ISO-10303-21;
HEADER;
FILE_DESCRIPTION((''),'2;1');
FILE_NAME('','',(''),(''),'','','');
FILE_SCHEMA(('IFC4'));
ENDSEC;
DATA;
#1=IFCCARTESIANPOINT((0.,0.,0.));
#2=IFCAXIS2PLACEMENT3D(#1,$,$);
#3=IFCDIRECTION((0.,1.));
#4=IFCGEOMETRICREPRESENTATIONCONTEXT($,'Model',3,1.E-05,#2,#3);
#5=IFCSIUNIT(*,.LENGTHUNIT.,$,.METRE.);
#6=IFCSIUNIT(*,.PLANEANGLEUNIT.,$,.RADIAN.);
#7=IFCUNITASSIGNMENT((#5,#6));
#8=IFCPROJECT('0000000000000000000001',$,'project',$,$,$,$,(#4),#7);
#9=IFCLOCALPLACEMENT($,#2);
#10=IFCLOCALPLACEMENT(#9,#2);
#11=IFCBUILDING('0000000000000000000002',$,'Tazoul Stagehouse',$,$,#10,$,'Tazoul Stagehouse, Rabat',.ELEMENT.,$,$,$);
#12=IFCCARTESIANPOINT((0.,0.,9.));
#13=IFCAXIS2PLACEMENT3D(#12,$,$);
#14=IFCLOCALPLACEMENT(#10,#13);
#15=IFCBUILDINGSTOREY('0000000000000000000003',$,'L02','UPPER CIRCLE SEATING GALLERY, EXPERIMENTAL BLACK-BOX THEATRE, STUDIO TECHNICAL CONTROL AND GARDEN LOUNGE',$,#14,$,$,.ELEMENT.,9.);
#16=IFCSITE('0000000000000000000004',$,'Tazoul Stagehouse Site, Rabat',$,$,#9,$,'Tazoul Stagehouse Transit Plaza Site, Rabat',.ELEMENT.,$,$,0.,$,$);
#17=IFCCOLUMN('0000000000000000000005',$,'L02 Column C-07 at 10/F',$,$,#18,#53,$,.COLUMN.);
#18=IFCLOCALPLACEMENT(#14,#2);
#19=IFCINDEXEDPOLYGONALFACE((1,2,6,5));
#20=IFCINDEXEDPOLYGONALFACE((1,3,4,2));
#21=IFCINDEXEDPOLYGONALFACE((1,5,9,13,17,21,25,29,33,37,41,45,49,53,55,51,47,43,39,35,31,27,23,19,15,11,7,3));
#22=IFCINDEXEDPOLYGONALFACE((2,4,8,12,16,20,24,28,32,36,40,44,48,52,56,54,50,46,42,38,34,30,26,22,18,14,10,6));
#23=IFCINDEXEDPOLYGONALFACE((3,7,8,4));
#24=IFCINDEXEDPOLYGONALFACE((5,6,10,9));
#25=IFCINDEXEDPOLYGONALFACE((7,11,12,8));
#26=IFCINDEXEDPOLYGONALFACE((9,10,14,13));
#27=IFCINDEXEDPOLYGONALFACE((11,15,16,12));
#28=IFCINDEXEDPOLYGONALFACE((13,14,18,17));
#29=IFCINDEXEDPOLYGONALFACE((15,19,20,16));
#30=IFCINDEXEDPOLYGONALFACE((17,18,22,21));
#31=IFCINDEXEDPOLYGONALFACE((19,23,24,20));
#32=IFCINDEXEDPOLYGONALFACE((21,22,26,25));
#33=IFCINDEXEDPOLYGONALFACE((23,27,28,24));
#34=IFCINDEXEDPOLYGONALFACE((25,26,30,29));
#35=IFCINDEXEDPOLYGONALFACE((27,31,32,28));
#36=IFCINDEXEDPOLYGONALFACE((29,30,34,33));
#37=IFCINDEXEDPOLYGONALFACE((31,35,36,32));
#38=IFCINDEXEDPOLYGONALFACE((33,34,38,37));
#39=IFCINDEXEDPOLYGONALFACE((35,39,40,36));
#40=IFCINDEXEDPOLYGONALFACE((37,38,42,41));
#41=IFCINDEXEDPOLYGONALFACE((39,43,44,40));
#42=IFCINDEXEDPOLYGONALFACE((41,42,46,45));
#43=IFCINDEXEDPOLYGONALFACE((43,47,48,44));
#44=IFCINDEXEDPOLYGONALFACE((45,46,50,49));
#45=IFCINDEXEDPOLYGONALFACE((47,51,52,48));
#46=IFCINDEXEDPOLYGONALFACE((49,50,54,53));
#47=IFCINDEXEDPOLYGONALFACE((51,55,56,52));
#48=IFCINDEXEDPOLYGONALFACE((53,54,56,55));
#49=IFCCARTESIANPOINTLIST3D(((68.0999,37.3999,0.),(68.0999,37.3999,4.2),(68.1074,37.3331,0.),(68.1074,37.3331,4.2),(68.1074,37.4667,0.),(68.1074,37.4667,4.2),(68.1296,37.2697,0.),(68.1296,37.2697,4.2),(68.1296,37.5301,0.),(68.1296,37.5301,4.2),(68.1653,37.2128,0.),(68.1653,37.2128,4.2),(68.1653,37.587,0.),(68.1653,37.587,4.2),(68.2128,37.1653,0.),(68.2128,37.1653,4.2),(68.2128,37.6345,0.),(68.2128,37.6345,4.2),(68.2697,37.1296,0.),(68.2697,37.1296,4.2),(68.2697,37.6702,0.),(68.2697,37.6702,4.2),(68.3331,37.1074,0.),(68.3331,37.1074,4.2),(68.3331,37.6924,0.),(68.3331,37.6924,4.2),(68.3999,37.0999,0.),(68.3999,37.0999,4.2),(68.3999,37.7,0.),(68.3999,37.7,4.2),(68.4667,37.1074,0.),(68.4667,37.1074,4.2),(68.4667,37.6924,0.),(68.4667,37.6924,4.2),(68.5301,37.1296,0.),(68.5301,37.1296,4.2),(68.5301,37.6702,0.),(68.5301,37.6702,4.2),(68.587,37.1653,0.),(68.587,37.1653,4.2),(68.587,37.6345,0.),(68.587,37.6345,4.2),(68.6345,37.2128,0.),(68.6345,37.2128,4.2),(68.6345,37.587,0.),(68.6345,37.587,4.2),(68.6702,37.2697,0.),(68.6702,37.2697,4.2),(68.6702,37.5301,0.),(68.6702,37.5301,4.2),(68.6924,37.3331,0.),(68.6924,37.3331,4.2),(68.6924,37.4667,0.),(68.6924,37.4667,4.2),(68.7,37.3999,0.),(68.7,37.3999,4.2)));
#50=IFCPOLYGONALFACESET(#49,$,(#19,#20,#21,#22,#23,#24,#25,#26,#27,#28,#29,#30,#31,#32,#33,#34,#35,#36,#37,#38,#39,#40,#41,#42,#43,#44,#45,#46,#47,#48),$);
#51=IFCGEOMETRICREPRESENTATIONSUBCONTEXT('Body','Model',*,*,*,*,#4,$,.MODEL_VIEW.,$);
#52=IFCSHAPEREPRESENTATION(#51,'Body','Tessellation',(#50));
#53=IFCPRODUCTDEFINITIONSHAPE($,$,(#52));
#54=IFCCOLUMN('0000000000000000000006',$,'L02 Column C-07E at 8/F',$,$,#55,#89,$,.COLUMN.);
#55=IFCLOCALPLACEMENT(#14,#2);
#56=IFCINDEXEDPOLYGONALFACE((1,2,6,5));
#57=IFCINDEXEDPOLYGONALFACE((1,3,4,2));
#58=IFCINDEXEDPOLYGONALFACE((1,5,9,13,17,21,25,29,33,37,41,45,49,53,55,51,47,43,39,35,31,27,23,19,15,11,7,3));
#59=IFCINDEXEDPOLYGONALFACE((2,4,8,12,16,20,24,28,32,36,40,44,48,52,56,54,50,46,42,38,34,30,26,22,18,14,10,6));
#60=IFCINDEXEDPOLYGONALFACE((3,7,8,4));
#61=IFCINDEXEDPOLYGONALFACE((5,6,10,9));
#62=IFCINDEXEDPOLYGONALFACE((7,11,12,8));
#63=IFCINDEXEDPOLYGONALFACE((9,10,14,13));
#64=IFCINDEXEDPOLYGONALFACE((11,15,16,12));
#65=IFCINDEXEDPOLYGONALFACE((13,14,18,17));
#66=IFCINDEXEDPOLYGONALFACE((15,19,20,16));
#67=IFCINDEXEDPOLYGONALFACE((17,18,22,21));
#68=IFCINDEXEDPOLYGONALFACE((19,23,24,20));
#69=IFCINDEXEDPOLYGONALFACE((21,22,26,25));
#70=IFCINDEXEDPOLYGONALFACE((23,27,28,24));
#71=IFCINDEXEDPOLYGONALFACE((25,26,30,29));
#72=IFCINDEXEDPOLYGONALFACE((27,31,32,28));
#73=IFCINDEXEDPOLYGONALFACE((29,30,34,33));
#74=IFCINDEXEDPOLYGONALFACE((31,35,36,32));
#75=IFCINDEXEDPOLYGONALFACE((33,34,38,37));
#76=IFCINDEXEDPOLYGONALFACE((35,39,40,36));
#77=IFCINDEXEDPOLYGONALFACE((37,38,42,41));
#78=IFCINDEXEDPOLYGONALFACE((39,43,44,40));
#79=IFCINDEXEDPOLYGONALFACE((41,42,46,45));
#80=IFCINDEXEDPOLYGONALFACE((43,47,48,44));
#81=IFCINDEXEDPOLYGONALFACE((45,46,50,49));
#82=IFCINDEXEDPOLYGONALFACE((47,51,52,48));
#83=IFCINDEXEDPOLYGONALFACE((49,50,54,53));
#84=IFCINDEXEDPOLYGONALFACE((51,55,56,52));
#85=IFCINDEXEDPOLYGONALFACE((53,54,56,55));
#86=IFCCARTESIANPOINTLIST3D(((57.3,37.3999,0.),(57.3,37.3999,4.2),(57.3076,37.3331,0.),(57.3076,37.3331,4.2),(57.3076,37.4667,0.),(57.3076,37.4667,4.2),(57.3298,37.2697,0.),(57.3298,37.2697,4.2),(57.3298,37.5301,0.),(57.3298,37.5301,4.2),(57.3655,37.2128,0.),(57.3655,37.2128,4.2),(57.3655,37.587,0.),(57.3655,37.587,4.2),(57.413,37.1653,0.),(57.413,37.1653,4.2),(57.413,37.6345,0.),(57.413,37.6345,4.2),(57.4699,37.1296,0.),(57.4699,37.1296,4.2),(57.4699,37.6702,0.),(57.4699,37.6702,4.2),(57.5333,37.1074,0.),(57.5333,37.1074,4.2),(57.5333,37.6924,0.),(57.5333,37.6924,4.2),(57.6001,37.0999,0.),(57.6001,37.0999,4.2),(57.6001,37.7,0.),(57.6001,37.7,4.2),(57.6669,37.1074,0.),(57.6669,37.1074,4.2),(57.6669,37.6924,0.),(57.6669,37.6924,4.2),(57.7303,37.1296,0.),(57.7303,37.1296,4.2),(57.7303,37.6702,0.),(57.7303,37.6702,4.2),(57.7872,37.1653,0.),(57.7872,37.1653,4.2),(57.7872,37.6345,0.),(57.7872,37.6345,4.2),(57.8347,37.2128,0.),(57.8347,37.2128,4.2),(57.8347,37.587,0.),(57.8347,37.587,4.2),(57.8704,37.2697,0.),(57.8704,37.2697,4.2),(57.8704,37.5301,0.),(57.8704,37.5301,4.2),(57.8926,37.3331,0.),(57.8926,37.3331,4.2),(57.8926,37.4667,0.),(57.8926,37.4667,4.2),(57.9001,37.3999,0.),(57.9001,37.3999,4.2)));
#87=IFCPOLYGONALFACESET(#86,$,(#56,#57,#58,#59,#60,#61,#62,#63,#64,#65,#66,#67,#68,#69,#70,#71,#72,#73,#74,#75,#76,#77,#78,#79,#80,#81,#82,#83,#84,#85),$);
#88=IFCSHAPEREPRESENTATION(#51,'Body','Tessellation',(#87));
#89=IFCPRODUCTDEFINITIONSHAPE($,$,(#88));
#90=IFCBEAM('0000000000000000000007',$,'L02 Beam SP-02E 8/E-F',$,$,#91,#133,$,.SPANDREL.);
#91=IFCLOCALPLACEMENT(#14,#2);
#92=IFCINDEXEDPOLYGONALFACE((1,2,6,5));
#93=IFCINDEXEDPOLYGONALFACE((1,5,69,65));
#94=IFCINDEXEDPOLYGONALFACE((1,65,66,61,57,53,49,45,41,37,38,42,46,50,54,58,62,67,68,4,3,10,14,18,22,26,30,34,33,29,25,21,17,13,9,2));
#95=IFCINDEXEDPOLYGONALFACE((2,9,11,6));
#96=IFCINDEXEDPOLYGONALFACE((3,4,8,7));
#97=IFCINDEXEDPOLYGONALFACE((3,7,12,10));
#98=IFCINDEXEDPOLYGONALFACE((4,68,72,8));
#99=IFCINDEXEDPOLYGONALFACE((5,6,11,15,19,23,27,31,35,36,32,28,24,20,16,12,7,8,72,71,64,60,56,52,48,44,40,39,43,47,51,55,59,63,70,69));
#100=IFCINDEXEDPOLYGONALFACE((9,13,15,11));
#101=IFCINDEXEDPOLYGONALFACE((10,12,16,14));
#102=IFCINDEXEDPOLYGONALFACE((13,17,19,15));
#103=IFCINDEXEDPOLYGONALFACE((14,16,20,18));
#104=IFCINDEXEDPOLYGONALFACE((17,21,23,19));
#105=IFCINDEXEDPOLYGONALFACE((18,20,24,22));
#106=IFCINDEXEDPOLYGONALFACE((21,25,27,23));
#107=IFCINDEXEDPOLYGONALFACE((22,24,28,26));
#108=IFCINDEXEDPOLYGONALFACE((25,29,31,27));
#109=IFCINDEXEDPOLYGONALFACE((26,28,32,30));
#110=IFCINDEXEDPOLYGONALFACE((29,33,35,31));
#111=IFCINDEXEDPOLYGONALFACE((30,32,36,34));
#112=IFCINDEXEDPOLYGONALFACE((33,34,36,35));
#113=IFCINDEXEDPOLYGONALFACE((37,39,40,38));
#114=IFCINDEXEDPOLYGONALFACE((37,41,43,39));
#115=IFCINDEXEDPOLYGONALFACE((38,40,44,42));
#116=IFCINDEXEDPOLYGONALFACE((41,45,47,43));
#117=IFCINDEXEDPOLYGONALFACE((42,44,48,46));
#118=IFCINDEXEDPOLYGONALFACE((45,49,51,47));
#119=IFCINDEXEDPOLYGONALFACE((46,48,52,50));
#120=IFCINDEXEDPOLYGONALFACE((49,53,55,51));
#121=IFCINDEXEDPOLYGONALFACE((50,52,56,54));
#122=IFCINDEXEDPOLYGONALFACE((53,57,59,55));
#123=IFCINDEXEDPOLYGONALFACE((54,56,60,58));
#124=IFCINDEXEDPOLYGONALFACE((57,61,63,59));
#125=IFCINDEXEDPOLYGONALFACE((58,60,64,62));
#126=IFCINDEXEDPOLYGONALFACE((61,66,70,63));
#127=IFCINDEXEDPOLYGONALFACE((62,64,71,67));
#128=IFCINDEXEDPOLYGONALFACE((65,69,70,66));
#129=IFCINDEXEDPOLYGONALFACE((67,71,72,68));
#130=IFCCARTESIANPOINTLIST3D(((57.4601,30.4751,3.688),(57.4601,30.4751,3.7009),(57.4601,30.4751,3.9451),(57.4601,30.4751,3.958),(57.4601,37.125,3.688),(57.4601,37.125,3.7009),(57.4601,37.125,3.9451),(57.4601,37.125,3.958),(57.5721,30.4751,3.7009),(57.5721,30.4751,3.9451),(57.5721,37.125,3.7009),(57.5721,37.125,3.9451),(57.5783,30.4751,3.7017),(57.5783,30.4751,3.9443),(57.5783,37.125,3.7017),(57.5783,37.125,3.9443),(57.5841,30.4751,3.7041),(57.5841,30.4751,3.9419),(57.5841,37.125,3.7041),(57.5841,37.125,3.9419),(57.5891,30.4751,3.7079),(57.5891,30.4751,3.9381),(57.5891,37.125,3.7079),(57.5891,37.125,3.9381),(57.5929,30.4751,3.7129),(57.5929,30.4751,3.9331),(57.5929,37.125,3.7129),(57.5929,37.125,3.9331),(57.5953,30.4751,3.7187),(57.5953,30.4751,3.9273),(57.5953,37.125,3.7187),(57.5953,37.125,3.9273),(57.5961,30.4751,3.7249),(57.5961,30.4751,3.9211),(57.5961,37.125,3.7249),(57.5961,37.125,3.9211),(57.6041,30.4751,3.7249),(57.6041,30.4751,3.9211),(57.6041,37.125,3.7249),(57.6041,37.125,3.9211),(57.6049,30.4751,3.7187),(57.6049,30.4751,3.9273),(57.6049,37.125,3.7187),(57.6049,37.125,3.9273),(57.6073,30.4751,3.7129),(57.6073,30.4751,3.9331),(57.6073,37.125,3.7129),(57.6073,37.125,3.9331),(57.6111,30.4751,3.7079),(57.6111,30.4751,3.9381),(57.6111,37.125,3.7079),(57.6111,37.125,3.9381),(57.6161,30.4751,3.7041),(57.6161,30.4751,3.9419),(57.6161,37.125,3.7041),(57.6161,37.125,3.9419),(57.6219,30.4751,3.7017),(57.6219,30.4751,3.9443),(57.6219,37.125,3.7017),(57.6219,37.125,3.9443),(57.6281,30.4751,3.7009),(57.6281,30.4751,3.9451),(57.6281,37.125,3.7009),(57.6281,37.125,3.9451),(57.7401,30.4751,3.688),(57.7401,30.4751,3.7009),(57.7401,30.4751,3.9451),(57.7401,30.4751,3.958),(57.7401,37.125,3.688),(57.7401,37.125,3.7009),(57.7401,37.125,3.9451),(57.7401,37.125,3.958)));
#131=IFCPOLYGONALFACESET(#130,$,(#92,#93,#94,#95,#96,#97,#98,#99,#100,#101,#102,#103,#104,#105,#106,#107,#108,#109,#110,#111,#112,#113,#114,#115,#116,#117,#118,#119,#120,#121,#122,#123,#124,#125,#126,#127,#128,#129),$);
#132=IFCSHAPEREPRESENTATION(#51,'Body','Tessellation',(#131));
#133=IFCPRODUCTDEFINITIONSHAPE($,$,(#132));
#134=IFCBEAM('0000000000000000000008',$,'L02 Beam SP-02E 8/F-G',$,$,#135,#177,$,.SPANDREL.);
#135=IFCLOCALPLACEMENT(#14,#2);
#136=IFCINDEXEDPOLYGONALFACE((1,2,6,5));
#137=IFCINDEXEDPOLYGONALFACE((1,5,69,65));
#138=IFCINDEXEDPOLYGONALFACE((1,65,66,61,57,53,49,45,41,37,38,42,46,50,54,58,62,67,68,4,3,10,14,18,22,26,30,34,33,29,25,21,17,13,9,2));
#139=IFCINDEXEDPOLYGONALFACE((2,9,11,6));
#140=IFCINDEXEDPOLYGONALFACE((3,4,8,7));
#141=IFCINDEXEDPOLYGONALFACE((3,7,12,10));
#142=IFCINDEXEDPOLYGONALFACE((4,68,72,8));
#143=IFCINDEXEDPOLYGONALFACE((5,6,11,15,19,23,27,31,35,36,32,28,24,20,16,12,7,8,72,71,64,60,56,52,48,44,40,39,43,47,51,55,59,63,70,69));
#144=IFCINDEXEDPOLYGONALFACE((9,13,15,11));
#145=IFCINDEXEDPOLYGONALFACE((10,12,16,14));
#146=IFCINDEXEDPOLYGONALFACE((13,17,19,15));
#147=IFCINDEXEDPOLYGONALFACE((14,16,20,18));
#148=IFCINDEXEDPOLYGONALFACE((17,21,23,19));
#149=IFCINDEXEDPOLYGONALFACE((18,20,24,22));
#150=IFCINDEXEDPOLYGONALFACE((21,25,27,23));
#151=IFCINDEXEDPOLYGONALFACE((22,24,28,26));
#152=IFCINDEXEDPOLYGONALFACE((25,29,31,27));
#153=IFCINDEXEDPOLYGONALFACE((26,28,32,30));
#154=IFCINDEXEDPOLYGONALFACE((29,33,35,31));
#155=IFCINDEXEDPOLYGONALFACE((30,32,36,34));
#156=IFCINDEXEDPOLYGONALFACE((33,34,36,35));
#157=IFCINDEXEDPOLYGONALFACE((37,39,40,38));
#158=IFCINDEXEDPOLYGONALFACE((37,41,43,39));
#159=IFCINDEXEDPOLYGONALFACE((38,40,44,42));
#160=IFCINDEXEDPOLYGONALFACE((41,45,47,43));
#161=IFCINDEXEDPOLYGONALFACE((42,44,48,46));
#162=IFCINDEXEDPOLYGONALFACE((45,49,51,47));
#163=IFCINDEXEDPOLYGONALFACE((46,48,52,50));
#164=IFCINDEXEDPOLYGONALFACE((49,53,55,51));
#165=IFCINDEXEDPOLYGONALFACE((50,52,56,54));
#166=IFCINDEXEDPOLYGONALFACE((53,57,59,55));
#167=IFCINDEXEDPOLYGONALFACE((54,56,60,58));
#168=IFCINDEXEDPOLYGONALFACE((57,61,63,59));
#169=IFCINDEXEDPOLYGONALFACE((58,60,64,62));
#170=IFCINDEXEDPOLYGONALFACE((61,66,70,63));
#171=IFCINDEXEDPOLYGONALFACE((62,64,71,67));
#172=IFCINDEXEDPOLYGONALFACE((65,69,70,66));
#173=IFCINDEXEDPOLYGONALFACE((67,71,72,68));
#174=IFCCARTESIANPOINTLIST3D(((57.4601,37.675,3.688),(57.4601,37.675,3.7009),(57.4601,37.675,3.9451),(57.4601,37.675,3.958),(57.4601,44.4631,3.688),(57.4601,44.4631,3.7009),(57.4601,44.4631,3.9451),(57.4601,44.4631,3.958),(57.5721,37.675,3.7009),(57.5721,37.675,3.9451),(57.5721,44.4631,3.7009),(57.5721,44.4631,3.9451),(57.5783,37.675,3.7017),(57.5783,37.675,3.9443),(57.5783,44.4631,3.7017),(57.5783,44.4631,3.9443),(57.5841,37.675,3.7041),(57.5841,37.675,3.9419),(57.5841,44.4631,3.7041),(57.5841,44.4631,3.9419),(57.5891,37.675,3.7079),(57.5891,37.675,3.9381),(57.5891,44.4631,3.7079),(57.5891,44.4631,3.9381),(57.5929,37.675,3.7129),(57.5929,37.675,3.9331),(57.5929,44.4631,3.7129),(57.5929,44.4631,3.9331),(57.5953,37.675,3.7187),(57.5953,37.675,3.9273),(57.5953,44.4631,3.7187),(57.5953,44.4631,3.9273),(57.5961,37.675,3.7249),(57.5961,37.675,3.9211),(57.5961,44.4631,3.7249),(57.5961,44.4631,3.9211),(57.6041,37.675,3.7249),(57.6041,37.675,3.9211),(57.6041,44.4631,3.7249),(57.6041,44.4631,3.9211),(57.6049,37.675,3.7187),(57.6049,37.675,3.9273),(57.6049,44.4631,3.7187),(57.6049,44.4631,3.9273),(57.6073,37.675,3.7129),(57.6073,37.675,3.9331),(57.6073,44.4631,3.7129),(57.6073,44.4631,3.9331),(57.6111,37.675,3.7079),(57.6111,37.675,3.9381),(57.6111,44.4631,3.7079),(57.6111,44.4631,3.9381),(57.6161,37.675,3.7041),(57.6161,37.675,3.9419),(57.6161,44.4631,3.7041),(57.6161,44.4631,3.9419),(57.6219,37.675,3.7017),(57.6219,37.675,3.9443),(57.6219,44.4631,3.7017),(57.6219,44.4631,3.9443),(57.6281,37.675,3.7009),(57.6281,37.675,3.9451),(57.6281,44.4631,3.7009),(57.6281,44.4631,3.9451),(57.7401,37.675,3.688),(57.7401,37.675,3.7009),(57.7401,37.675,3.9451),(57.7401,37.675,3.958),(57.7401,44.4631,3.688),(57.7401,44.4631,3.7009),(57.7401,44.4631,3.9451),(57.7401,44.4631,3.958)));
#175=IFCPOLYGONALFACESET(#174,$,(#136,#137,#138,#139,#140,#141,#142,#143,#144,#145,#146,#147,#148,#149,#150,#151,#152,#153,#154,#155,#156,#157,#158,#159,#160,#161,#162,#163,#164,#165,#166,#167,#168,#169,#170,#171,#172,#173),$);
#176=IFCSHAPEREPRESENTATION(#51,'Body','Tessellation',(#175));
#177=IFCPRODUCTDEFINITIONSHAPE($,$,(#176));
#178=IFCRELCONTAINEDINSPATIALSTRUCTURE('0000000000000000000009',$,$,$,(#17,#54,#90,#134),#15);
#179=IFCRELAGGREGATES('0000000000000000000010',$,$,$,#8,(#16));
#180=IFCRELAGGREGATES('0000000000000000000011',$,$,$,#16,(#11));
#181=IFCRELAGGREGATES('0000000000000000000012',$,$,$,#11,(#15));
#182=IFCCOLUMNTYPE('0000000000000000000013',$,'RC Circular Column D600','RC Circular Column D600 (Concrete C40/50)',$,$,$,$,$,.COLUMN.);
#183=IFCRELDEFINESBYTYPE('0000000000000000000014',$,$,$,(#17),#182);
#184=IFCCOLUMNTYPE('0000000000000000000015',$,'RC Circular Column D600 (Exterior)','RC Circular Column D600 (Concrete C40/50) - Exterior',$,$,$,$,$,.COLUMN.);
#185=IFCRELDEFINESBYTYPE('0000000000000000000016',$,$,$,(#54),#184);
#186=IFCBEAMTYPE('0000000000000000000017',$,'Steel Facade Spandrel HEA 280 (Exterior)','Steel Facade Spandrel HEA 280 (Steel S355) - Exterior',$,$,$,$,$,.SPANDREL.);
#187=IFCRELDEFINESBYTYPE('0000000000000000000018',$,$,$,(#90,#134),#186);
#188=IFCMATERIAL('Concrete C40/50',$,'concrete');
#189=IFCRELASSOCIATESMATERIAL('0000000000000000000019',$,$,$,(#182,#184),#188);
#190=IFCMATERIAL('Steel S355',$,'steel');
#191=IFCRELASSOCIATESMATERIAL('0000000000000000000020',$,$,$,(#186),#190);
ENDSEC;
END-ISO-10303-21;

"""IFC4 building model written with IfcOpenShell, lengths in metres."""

from ifc_helpers import new_model, si_unit, direction, frame, origin, origin_2d, place, context, subcontext, project, spatial, circle, i_section, extrude, material, material_profile, profile_set, type_object, element, save


model = new_model("IFC4")

# Units and contexts
model_context = context("Model", 3, precision=1e-05, world=origin(), true_north=direction((0.0, 1.0)))
body_context = subcontext(model_context, "Body", "Model", "MODEL_VIEW")
ifc_project = project(units=[si_unit("LENGTHUNIT", "METRE"), si_unit("PLANEANGLEUNIT", "RADIAN")], contexts=[model_context])

# Site, building, storey
site_placement = place(None, origin())
site = spatial("IfcSite", under=ifc_project, at=site_placement, Name="Tazoul Stagehouse Site, Rabat", LongName="Tazoul Stagehouse Transit Plaza Site, Rabat", CompositionType="ELEMENT", RefElevation=0.0)
building_placement = place(site_placement, origin())
building = spatial("IfcBuilding", under=site, at=building_placement, Name="Tazoul Stagehouse", LongName="Tazoul Stagehouse, Rabat", CompositionType="ELEMENT")
storey_placement = place(building_placement, frame((0.0, 0.0, 9.0)))
storey = spatial("IfcBuildingStorey", under=building, at=storey_placement, Name="L02", Description="UPPER CIRCLE SEATING GALLERY, EXPERIMENTAL BLACK-BOX THEATRE, STUDIO TECHNICAL CONTROL AND GARDEN LOUNGE", CompositionType="ELEMENT", Elevation=9.0)

# Columns
ifc_material_1 = material(Name="Concrete C40/50", Category="concrete")
ifc_material_profile_1 = material_profile(ifc_material_1, circle(Radius=0.3, at=origin_2d()), Name="RC D600")
ifc_profile_set_1 = profile_set([ifc_material_profile_1], Name="Concrete C40/50")
column_type_1 = type_object("IfcColumnType", Name="RC Circular Column D600", Description="RC Circular Column D600 (Concrete C40/50)", PredefinedType="COLUMN", material=ifc_profile_set_1)
column_1_placement = place(storey_placement, frame((68.3999, 37.3999, 0.0), z_axis=(0.0, 0.0, 1.0), x_axis=(1.0, 0.0, 0.0)))
element("IfcColumn", 1, at=column_1_placement, inside=storey, type_object=column_type_1, Name="L02 Column C-07 at 10/F", PredefinedType="COLUMN", context=body_context, shape_type="SweptSolid", body=[
    extrude(circle(Radius=0.3, at=origin_2d()), origin(), (0.0, 0.0, 1.0), 4.2),
])
ifc_material_profile_2 = material_profile(ifc_material_1, circle(Radius=0.3, at=origin_2d()), Name="RC D600")
ifc_profile_set_2 = profile_set([ifc_material_profile_2], Name="Concrete C40/50")
column_type_2 = type_object("IfcColumnType", Name="RC Circular Column D600 (Exterior)", Description="RC Circular Column D600 (Concrete C40/50) - Exterior", PredefinedType="COLUMN", material=ifc_profile_set_2)
column_2_placement = place(storey_placement, frame((57.6001, 37.3999, 0.0), z_axis=(0.0, 0.0, 1.0), x_axis=(1.0, 0.0, 0.0)))
element("IfcColumn", 2, at=column_2_placement, inside=storey, type_object=column_type_2, Name="L02 Column C-07E at 8/F", PredefinedType="COLUMN", context=body_context, shape_type="SweptSolid", body=[
    extrude(circle(Radius=0.3, at=origin_2d()), origin(), (0.0, 0.0, 1.0), 4.2),
])

# Beams
ifc_material_2 = material(Name="Steel S355", Category="steel")
ifc_material_profile_3 = material_profile(ifc_material_2, i_section(OverallWidth=0.28, OverallDepth=0.27, WebThickness=0.0081, FlangeThickness=0.0129, FilletRadius=0.0239, at=origin_2d()), Name="HEA 280")
ifc_profile_set_3 = profile_set([ifc_material_profile_3], Name="Steel S355")
beam_type_1 = type_object("IfcBeamType", Name="Steel Facade Spandrel HEA 280 (Exterior)", Description="Steel Facade Spandrel HEA 280 (Steel S355) - Exterior", PredefinedType="SPANDREL", material=ifc_profile_set_3)
beam_1_placement = place(storey_placement, frame((57.6001, 30.4751, 3.823), z_axis=(0.0, 1.0, 0.0), x_axis=(-1.0, 0.0, 0.0)))
element("IfcBeam", 3, at=beam_1_placement, inside=storey, type_object=beam_type_1, Name="L02 Beam SP-02E 8/E-F", PredefinedType="SPANDREL", context=body_context, shape_type="SweptSolid", body=[
    extrude(i_section(OverallWidth=0.28, OverallDepth=0.27, WebThickness=0.0081, FlangeThickness=0.0129, FilletRadius=0.0239, at=origin_2d()), origin(), (0.0, 0.0, 1.0), 6.6499),
])
beam_2_placement = place(storey_placement, frame((57.6001, 37.675, 3.823), z_axis=(0.0, 1.0, 0.0), x_axis=(-1.0, 0.0, 0.0)))
element("IfcBeam", 4, at=beam_2_placement, inside=storey, type_object=beam_type_1, Name="L02 Beam SP-02E 8/F-G", PredefinedType="SPANDREL", context=body_context, shape_type="SweptSolid", body=[
    extrude(i_section(OverallWidth=0.28, OverallDepth=0.27, WebThickness=0.0081, FlangeThickness=0.0129, FilletRadius=0.0239, at=origin_2d()), origin(), (0.0, 0.0, 1.0), 6.7881),
])

save(model, "model.ifc")
